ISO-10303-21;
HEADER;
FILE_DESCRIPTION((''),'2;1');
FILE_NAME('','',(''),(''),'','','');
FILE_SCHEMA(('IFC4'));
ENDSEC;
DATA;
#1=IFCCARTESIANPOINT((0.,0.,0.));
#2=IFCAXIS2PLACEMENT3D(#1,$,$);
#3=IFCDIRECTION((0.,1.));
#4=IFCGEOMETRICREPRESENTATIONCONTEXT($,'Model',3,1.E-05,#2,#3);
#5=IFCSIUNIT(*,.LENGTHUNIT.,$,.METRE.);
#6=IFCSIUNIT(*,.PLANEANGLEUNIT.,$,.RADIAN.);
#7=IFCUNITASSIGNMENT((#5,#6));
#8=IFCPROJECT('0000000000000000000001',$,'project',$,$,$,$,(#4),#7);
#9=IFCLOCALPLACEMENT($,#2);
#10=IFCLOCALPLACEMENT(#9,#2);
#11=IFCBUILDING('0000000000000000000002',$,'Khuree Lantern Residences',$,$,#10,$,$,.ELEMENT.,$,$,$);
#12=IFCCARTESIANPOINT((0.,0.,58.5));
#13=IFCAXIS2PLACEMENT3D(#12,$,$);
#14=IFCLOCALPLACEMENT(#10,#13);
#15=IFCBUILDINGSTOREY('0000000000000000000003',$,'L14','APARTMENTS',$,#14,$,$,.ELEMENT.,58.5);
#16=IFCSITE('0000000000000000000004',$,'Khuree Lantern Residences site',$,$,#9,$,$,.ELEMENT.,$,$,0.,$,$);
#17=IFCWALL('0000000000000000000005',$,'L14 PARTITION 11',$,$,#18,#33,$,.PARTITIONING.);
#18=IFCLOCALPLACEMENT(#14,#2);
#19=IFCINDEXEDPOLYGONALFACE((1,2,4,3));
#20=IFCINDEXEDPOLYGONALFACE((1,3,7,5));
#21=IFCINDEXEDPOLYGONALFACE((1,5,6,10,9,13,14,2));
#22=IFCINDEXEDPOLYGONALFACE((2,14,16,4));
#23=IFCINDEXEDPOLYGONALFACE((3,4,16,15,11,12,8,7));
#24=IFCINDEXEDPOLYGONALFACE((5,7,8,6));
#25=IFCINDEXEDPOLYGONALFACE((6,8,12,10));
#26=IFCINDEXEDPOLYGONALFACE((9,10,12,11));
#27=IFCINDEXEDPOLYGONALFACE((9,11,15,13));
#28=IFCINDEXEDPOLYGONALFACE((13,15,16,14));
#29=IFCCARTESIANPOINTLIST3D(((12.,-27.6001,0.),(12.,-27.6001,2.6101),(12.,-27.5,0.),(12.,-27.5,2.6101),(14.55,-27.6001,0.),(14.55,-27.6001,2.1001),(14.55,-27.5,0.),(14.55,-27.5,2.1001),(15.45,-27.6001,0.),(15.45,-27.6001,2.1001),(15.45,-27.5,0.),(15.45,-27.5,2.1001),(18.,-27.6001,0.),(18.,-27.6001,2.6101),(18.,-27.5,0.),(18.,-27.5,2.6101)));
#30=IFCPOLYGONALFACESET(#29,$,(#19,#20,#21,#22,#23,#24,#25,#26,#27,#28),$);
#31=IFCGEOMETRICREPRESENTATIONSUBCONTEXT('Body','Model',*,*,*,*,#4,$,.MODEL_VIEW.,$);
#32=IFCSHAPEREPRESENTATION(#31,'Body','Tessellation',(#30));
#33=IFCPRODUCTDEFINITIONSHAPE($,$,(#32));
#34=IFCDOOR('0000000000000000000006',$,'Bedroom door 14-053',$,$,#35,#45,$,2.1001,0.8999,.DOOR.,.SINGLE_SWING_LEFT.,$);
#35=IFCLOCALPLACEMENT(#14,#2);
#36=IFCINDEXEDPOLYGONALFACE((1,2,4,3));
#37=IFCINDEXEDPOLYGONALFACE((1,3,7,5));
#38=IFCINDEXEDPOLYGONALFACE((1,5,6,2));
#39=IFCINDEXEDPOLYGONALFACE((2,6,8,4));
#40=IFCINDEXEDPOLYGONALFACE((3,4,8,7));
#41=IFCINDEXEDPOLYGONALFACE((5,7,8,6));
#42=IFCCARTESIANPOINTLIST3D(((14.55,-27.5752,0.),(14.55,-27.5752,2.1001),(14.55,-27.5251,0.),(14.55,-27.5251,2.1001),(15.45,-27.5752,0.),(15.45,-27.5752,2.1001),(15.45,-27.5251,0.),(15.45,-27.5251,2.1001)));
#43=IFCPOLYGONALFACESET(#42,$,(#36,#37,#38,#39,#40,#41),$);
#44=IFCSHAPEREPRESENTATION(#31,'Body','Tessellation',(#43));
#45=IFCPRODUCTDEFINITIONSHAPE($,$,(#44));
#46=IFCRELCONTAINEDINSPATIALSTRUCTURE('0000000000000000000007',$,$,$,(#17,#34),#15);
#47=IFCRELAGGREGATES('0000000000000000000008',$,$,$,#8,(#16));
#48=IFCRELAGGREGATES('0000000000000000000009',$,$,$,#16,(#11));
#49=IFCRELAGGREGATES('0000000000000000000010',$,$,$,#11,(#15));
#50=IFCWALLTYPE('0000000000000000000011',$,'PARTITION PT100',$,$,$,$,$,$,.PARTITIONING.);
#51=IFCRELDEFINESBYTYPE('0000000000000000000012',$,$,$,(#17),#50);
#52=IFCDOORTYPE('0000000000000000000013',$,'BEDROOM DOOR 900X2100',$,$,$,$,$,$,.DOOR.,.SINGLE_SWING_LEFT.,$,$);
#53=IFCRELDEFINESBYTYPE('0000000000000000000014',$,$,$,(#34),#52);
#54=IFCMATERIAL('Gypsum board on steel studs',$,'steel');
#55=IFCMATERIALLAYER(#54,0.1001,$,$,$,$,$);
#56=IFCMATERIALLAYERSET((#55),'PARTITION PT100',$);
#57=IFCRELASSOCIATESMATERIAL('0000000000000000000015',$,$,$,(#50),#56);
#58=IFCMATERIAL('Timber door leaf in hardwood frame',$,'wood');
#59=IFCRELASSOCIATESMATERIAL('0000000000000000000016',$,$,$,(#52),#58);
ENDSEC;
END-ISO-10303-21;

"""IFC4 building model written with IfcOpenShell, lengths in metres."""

from ifc_helpers import new_model, si_unit, direction, frame, frame_2d, origin, place, context, subcontext, project, spatial, rectangle, extrude, material, layer, layer_set, type_object, element, fill, save


model = new_model("IFC4")

# Units and contexts
model_context = context("Model", 3, precision=1e-05, world=origin(), true_north=direction((0.0, 1.0)))
body_context = subcontext(model_context, "Body", "Model", "MODEL_VIEW")
ifc_project = project(units=[si_unit("LENGTHUNIT", "METRE"), si_unit("PLANEANGLEUNIT", "RADIAN")], contexts=[model_context])

# Site, building, storey
site_placement = place(None, origin())
site = spatial("IfcSite", under=ifc_project, at=site_placement, Name="Khuree Lantern Residences site", CompositionType="ELEMENT", RefElevation=0.0)
building_placement = place(site_placement, origin())
building = spatial("IfcBuilding", under=site, at=building_placement, Name="Khuree Lantern Residences", CompositionType="ELEMENT")
storey_placement = place(building_placement, frame((0.0, 0.0, 58.5)))
storey = spatial("IfcBuildingStorey", under=building, at=storey_placement, Name="L14", Description="APARTMENTS", CompositionType="ELEMENT", Elevation=58.5)

# Shared definitions
ifc_material_1 = material(Name="Timber door leaf in hardwood frame", Category="wood")

# Shared definitions
ifc_material_2 = material(Name="Gypsum board on steel studs", Category="steel")
ifc_layer_1 = layer(ifc_material_2, 0.1001)
ifc_layer_set_1 = layer_set([ifc_layer_1], Name="PARTITION PT100")
wall_type_1 = type_object("IfcWallType", Name="PARTITION PT100", PredefinedType="PARTITIONING", material=ifc_layer_set_1)

# Wall, opening, door
door_type_1 = type_object("IfcDoorType", Name="BEDROOM DOOR 900X2100", OperationType="SINGLE_SWING_LEFT", PredefinedType="DOOR", material=ifc_material_1)
wall_1_placement = place(storey_placement, frame((12.0, -27.55, 0.0), z_axis=(0.0, 0.0, 1.0), x_axis=(1.0, 0.0, 0.0)))
wall_1 = element("IfcWall", 1, at=wall_1_placement, inside=storey, type_object=wall_type_1, Name="L14 PARTITION 11", PredefinedType="PARTITIONING", context=body_context, shape_type="SweptSolid", body=[
    extrude(rectangle(XDim=6.0, YDim=0.1001, at=frame_2d((3.0, 0.0))), origin(), (0.0, 0.0, 1.0), 2.6101),
])
opening_1_placement = place(wall_1_placement, frame((2.55, 0.0, 0.0)))
opening_1 = element("IfcOpeningElement", 2, at=opening_1_placement, cuts=wall_1, PredefinedType="OPENING", context=body_context, shape_type="SweptSolid", body=[
    extrude(rectangle(XDim=0.8999, YDim=2.1001, at=frame_2d((0.45, 1.05))), frame((0.0, 0.0601, 0.0), z_axis=(0.0, -1.0, 0.0), x_axis=(1.0, 0.0, 0.0)), (0.0, 0.0, 1.0), 0.1201),
])
door_1_placement = place(opening_1_placement, origin())
door_1 = element("IfcDoor", 3, at=door_1_placement, inside=storey, type_object=door_type_1, Name="Bedroom door 14-053", OperationType="SINGLE_SWING_LEFT", OverallHeight=2.1001, OverallWidth=0.8999, PredefinedType="DOOR", context=body_context, shape_type="SweptSolid", body=[
    extrude(rectangle(XDim=0.8999, YDim=2.1001, at=frame_2d((0.45, 1.05))), frame((0.0, 0.0249, 0.0), z_axis=(0.0, -1.0, 0.0), x_axis=(1.0, 0.0, 0.0)), (0.0, 0.0, 1.0), 0.05),
])
fill(opening_1, door_1)

save(model, "model.ifc")
